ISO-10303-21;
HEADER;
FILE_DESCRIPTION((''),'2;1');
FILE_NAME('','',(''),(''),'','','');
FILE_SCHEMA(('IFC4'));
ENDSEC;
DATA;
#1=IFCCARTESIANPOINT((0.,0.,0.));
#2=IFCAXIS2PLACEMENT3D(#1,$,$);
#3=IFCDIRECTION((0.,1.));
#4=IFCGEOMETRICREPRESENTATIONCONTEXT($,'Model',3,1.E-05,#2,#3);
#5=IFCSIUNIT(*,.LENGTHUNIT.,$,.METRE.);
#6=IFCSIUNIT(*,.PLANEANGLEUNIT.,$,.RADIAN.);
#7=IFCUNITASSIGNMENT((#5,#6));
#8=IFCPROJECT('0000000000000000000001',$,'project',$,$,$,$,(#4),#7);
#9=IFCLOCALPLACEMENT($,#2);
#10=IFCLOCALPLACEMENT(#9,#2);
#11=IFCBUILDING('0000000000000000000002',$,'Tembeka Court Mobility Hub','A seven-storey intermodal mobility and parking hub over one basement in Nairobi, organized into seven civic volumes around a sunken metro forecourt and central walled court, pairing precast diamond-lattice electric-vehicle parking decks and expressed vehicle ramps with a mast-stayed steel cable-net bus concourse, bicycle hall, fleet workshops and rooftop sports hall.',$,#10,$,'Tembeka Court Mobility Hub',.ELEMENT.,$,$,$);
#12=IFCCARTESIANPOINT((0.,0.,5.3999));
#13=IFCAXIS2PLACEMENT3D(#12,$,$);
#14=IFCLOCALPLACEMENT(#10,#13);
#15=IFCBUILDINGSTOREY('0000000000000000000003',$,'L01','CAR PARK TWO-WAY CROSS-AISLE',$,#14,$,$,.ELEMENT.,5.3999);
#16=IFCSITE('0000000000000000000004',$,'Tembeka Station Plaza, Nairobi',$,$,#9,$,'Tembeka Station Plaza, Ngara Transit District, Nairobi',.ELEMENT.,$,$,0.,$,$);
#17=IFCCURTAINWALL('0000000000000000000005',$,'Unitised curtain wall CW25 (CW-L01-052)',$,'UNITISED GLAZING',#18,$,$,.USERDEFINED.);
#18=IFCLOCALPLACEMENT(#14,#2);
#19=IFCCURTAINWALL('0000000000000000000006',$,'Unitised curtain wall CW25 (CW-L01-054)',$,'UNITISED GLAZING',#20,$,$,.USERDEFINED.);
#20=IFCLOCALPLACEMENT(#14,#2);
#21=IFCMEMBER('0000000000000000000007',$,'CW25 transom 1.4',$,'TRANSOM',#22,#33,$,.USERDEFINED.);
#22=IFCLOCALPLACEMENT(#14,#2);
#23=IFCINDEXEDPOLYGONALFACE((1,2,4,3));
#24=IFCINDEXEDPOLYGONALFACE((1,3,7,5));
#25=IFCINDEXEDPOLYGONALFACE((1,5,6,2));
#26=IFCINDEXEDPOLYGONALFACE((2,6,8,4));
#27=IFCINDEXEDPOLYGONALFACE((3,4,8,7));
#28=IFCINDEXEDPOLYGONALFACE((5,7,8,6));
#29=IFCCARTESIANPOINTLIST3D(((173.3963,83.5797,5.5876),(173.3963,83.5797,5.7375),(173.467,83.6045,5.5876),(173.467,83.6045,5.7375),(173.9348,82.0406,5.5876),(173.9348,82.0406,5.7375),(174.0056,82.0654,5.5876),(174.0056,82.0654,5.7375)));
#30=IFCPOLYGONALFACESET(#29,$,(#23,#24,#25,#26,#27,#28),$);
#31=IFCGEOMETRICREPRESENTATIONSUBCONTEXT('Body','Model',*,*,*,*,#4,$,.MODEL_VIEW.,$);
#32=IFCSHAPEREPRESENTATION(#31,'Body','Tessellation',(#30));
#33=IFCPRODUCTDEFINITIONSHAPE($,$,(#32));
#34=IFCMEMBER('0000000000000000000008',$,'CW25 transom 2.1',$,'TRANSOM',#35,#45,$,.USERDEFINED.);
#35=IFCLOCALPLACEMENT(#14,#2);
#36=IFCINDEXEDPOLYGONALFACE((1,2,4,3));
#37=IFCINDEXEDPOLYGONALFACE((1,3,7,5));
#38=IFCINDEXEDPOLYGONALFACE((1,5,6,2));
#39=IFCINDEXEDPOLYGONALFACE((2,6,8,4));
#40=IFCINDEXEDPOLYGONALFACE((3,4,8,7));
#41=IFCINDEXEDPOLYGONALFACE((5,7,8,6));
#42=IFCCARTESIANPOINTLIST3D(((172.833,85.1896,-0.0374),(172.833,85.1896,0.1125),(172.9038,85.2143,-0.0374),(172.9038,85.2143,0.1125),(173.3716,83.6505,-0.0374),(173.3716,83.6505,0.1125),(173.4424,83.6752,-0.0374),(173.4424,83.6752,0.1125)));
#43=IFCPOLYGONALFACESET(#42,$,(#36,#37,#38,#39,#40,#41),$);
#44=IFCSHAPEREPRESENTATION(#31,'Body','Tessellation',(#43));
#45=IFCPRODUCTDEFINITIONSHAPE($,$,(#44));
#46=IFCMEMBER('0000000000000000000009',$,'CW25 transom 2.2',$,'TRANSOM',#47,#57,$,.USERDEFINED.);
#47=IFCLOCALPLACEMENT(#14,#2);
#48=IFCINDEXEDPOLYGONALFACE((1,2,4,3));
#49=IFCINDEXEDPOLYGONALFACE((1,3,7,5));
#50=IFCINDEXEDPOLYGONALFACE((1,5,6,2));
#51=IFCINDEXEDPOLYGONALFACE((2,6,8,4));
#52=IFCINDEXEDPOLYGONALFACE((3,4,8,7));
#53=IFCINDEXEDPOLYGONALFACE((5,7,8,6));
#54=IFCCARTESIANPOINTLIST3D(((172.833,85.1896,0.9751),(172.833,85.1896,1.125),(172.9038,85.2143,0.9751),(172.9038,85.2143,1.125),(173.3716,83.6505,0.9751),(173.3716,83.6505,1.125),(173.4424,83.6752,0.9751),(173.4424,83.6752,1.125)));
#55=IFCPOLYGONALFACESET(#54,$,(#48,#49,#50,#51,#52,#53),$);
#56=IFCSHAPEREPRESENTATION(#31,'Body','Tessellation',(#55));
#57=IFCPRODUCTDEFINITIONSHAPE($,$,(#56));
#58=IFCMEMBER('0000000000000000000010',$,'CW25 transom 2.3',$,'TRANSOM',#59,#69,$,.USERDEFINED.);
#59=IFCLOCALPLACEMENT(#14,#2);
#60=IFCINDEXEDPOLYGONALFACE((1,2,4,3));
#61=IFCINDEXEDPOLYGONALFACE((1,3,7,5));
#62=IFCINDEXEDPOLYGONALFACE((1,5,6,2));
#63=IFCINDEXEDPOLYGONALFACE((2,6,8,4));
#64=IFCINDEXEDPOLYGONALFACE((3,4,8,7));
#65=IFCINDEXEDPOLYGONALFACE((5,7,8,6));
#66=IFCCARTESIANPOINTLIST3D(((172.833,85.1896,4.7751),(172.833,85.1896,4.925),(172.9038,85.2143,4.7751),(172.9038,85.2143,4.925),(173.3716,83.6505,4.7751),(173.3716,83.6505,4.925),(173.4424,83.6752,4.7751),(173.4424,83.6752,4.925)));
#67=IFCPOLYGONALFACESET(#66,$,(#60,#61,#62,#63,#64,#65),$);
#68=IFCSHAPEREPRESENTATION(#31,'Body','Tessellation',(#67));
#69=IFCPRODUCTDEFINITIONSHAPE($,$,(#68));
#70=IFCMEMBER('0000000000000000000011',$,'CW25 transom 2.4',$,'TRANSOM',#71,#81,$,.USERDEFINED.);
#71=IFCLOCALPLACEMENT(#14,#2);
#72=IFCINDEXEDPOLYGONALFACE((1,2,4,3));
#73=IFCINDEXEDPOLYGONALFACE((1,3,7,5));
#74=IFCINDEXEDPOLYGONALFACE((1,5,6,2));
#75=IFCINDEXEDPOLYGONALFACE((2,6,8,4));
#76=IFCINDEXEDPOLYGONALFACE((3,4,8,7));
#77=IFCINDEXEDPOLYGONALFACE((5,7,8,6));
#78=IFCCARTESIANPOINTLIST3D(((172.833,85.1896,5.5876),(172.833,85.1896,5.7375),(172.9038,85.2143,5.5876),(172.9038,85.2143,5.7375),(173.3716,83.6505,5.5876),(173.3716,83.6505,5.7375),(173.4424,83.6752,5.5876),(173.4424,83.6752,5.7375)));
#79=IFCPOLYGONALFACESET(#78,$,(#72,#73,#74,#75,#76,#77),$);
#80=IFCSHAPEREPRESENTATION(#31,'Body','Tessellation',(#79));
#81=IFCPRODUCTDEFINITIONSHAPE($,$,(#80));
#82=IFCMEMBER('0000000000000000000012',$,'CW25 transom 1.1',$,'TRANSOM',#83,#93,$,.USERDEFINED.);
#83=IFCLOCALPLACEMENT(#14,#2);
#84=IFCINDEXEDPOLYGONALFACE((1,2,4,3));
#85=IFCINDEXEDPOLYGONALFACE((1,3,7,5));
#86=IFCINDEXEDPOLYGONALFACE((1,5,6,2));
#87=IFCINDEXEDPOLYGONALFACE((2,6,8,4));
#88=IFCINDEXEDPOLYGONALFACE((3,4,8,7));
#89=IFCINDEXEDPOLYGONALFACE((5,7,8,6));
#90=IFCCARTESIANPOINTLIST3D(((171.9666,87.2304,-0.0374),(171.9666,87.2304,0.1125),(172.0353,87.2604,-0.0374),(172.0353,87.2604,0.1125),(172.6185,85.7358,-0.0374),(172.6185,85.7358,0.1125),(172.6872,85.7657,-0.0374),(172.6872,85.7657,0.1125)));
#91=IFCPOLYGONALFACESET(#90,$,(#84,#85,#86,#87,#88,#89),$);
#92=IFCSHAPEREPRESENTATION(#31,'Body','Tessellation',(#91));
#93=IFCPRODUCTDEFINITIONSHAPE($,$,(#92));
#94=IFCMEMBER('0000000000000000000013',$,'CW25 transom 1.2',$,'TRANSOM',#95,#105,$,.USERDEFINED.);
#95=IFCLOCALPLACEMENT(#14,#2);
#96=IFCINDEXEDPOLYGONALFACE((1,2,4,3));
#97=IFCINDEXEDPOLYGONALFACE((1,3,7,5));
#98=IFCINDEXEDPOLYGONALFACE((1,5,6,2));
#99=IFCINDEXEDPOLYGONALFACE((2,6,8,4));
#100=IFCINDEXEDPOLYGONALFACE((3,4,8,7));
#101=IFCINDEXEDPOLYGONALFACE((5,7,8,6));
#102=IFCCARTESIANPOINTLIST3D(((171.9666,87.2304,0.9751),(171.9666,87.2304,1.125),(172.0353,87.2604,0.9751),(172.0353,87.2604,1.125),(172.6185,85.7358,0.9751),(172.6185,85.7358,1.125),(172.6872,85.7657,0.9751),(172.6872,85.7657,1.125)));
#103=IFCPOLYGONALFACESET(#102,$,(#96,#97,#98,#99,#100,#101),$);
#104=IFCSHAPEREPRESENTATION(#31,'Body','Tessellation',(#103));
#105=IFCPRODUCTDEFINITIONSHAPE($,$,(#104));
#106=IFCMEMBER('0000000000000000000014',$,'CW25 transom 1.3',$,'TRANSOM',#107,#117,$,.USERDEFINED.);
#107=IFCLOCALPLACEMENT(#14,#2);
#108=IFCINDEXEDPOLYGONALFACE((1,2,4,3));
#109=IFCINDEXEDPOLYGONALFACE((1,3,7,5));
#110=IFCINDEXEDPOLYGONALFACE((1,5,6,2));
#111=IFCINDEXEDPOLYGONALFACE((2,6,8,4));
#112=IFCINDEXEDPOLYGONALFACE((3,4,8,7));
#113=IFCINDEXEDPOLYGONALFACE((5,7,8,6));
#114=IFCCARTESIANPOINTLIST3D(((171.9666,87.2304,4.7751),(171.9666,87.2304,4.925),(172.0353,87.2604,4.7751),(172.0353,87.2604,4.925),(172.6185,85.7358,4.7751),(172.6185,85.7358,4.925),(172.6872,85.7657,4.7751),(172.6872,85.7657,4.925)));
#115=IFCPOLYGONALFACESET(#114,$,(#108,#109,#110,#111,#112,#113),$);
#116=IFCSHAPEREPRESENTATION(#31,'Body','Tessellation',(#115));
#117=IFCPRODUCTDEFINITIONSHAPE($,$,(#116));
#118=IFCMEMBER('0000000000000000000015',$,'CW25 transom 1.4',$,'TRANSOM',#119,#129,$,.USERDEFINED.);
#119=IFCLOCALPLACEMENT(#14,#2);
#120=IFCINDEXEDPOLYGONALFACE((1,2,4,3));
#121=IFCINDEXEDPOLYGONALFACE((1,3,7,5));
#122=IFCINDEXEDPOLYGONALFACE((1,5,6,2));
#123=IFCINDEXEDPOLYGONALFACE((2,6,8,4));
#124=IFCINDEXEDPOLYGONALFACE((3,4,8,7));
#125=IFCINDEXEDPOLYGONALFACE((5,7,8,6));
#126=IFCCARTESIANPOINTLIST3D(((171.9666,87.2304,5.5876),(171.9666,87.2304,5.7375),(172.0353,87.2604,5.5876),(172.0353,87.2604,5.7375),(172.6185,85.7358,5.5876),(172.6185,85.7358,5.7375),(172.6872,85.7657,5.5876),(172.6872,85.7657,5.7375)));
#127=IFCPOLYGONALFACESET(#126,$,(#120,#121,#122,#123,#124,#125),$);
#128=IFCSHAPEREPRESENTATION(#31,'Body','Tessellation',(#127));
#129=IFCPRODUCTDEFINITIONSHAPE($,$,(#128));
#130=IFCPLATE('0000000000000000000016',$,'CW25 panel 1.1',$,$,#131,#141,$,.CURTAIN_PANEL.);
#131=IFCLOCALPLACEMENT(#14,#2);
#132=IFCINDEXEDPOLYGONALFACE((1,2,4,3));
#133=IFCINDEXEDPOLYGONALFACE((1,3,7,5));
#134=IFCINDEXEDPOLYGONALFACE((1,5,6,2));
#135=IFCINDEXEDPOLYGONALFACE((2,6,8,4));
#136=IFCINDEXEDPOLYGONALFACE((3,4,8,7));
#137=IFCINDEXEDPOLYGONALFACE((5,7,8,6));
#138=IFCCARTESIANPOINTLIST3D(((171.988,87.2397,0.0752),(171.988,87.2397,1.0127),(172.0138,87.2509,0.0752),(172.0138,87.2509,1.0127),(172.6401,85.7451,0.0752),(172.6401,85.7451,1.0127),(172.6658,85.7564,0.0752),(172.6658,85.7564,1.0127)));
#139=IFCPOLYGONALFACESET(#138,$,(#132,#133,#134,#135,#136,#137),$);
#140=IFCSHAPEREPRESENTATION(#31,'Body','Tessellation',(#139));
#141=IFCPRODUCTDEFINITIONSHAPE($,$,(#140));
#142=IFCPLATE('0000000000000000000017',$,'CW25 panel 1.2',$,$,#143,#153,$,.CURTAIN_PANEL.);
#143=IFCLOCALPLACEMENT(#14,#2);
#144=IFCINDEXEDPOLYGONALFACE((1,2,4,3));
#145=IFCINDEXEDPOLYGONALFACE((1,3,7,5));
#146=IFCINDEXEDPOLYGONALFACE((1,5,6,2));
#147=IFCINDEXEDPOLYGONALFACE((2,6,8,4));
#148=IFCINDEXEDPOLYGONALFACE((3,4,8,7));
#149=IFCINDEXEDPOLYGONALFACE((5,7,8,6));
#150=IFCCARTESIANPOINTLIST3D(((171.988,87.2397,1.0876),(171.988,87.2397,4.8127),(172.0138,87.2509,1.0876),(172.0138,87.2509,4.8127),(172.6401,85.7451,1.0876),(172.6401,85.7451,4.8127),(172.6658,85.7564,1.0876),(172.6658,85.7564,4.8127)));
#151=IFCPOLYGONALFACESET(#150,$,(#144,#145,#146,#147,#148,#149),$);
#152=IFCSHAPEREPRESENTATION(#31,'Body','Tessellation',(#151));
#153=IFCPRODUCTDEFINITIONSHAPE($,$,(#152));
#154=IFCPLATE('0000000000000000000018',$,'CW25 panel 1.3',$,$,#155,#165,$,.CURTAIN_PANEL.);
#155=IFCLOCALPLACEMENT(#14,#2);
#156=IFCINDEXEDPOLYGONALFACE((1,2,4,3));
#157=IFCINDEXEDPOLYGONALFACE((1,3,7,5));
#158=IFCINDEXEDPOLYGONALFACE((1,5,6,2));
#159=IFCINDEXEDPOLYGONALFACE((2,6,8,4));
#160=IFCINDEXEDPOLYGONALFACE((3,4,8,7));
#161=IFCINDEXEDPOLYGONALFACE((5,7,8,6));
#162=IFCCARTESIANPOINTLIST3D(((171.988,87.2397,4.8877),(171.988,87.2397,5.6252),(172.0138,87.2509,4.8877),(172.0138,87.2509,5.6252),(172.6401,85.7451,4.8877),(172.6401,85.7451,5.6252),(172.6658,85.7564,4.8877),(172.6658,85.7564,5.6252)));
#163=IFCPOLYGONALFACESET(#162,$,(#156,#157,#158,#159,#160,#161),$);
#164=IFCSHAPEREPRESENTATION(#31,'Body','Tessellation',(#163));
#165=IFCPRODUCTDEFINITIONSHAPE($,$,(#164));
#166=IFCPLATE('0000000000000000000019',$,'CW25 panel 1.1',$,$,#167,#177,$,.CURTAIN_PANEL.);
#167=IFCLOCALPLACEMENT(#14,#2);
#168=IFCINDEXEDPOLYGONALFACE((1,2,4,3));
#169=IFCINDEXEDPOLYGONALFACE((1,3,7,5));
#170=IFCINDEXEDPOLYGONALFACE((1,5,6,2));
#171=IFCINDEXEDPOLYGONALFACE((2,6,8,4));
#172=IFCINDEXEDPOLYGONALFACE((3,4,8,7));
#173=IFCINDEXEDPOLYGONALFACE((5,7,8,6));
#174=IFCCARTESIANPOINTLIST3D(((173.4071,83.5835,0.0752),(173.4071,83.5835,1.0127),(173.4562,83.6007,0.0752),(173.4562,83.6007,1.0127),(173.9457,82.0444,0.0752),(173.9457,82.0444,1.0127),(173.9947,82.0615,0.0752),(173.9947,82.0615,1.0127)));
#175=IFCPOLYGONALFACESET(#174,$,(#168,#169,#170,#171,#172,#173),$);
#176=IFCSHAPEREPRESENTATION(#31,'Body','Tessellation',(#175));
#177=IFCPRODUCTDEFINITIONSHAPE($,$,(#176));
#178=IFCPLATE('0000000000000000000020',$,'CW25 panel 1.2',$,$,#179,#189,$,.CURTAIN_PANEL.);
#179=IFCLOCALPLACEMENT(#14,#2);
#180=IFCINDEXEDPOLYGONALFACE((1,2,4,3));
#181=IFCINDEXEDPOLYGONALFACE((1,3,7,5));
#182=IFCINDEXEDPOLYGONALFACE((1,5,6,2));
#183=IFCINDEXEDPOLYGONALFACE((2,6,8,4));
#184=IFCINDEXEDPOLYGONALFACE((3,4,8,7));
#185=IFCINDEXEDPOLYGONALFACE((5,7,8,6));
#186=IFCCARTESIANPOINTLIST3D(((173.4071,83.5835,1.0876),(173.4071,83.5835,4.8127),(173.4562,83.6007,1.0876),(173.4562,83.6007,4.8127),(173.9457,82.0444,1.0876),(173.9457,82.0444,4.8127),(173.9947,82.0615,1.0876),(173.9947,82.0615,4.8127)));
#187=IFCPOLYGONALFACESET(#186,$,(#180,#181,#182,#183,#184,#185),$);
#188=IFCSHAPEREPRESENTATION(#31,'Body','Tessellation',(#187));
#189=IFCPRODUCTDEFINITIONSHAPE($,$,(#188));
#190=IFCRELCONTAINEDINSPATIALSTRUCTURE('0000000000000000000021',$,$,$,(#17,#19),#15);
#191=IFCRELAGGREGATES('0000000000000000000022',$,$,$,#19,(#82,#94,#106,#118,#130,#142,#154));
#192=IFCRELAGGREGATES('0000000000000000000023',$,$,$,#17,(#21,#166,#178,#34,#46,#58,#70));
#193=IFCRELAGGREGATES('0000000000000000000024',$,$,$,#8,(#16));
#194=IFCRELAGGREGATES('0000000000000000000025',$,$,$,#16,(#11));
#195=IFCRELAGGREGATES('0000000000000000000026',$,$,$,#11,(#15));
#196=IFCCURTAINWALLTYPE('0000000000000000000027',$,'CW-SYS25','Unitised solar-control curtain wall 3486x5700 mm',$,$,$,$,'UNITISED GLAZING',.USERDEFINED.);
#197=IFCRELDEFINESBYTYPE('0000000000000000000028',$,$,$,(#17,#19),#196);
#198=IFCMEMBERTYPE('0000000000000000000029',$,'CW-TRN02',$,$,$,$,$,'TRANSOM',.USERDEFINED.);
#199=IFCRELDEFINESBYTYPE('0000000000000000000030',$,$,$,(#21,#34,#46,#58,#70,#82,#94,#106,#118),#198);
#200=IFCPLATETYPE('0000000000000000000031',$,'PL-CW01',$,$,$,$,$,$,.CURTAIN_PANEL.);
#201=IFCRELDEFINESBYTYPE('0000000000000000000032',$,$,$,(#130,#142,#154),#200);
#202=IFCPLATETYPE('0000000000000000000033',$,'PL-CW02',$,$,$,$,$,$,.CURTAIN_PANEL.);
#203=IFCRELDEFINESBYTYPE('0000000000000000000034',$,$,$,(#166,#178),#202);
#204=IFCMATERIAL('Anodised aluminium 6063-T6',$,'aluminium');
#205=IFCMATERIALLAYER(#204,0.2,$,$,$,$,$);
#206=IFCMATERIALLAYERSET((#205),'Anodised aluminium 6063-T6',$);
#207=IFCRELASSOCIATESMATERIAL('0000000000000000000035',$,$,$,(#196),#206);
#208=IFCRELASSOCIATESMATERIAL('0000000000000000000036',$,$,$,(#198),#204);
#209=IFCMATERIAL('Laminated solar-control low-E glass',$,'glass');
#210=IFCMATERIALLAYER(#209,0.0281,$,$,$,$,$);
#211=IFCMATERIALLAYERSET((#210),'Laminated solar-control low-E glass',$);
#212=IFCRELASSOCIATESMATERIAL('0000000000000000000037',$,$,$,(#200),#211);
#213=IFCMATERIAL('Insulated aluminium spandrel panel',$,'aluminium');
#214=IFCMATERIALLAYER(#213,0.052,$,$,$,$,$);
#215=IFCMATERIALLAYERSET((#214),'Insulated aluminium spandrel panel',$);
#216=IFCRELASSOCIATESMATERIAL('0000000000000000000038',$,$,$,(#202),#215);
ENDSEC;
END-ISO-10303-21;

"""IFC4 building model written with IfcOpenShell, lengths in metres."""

from ifc_helpers import new_model, si_unit, direction, frame, origin, origin_2d, place, context, subcontext, project, spatial, rectangle, extrude, material, layer, layer_set, material_profile, profile_set, type_object, element, aggregate, save


model = new_model("IFC4")

# Units and contexts
model_context = context("Model", 3, precision=1e-05, world=origin(), true_north=direction((0.0, 1.0)))
body_context = subcontext(model_context, "Body", "Model", "MODEL_VIEW")
ifc_project = project(units=[si_unit("LENGTHUNIT", "METRE"), si_unit("PLANEANGLEUNIT", "RADIAN")], contexts=[model_context])

# Site, building, storey
site_placement = place(None, origin())
site = spatial("IfcSite", under=ifc_project, at=site_placement, Name="Tembeka Station Plaza, Nairobi", LongName="Tembeka Station Plaza, Ngara Transit District, Nairobi", CompositionType="ELEMENT", RefElevation=0.0)
building_placement = place(site_placement, origin())
building = spatial("IfcBuilding", under=site, at=building_placement, Name="Tembeka Court Mobility Hub", Description="A seven-storey intermodal mobility and parking hub over one basement in Nairobi, organized into seven civic volumes around a sunken metro forecourt and central walled court, pairing precast diamond-lattice electric-vehicle parking decks and expressed vehicle ramps with a mast-stayed steel cable-net bus concourse, bicycle hall, fleet workshops and rooftop sports hall.", LongName="Tembeka Court Mobility Hub", CompositionType="ELEMENT")
storey_placement = place(building_placement, frame((0.0, 0.0, 5.3999)))
storey = spatial("IfcBuildingStorey", under=building, at=storey_placement, Name="L01", Description="CAR PARK TWO-WAY CROSS-AISLE", CompositionType="ELEMENT", Elevation=5.3999)

# Curtain walls
ifc_material_1 = material(Name="Anodised aluminium 6063-T6", Category="aluminium")
ifc_layer_1 = layer(ifc_material_1, 0.2)
ifc_layer_set_1 = layer_set([ifc_layer_1], Name="Anodised aluminium 6063-T6")
curtain_wall_type = type_object("IfcCurtainWallType", Name="CW-SYS25", Description="Unitised solar-control curtain wall 3486x5700 mm", ElementType="UNITISED GLAZING", PredefinedType="USERDEFINED", material=ifc_layer_set_1)
curtain_wall_1_placement = place(storey_placement, origin())
curtain_wall_1 = element("IfcCurtainWall", 1, at=curtain_wall_1_placement, inside=storey, type_object=curtain_wall_type, Name="Unitised curtain wall CW25 (CW-L01-052)", ObjectType="UNITISED GLAZING", PredefinedType="USERDEFINED")
curtain_wall_2_placement = place(storey_placement, origin())
curtain_wall_2 = element("IfcCurtainWall", 2, at=curtain_wall_2_placement, inside=storey, type_object=curtain_wall_type, Name="Unitised curtain wall CW25 (CW-L01-054)", ObjectType="UNITISED GLAZING", PredefinedType="USERDEFINED")

# Members
ifc_material_profile_1 = material_profile(ifc_material_1, rectangle(XDim=0.075, YDim=0.1499, at=origin_2d()), Name="ALU-TRN 75x150")
ifc_profile_set_1 = profile_set([ifc_material_profile_1], Name="Anodised aluminium 6063-T6")
member_type_1 = type_object("IfcMemberType", Name="CW-TRN02", ElementType="TRANSOM", PredefinedType="USERDEFINED", material=ifc_profile_set_1)
member_1_placement = place(storey_placement, frame((173.9702, 82.053, 5.6626), z_axis=(-0.330297, 0.943877, 0.0), x_axis=(-0.943877, -0.330297, 0.0)))
member_1 = element("IfcMember", 3, at=member_1_placement, type_object=member_type_1, Name="CW25 transom 1.4", ObjectType="TRANSOM", PredefinedType="USERDEFINED", context=body_context, shape_type="SweptSolid", body=[
    extrude(rectangle(XDim=0.075, YDim=0.1499, at=origin_2d()), origin(), (0.0, 0.0, 1.0), 1.6306),
])
member_2_placement = place(storey_placement, frame((173.407, 83.6628, 0.0376), z_axis=(-0.330297, 0.943877, 0.0), x_axis=(-0.943877, -0.330297, 0.0)))
member_2 = element("IfcMember", 4, at=member_2_placement, type_object=member_type_1, Name="CW25 transom 2.1", ObjectType="TRANSOM", PredefinedType="USERDEFINED", context=body_context, shape_type="SweptSolid", body=[
    extrude(rectangle(XDim=0.075, YDim=0.1499, at=origin_2d()), origin(), (0.0, 0.0, 1.0), 1.6306),
])
member_3_placement = place(storey_placement, frame((173.407, 83.6628, 1.05), z_axis=(-0.330297, 0.943877, 0.0), x_axis=(-0.943877, -0.330297, 0.0)))
member_3 = element("IfcMember", 5, at=member_3_placement, type_object=member_type_1, Name="CW25 transom 2.2", ObjectType="TRANSOM", PredefinedType="USERDEFINED", context=body_context, shape_type="SweptSolid", body=[
    extrude(rectangle(XDim=0.075, YDim=0.1499, at=origin_2d()), origin(), (0.0, 0.0, 1.0), 1.6306),
])
member_4_placement = place(storey_placement, frame((173.407, 83.6628, 4.8501), z_axis=(-0.330297, 0.943877, 0.0), x_axis=(-0.943877, -0.330297, 0.0)))
member_4 = element("IfcMember", 6, at=member_4_placement, type_object=member_type_1, Name="CW25 transom 2.3", ObjectType="TRANSOM", PredefinedType="USERDEFINED", context=body_context, shape_type="SweptSolid", body=[
    extrude(rectangle(XDim=0.075, YDim=0.1499, at=origin_2d()), origin(), (0.0, 0.0, 1.0), 1.6306),
])
member_5_placement = place(storey_placement, frame((173.407, 83.6628, 5.6626), z_axis=(-0.330297, 0.943877, 0.0), x_axis=(-0.943877, -0.330297, 0.0)))
member_5 = element("IfcMember", 7, at=member_5_placement, type_object=member_type_1, Name="CW25 transom 2.4", ObjectType="TRANSOM", PredefinedType="USERDEFINED", context=body_context, shape_type="SweptSolid", body=[
    extrude(rectangle(XDim=0.075, YDim=0.1499, at=origin_2d()), origin(), (0.0, 0.0, 1.0), 1.6306),
])
member_6_placement = place(storey_placement, frame((172.6528, 85.7507, 0.0376), z_axis=(-0.399766, 0.916617, 0.0), x_axis=(-0.916617, -0.399766, 0.0)))
member_6 = element("IfcMember", 8, at=member_6_placement, type_object=member_type_1, Name="CW25 transom 1.1", ObjectType="TRANSOM", PredefinedType="USERDEFINED", context=body_context, shape_type="SweptSolid", body=[
    extrude(rectangle(XDim=0.075, YDim=0.1499, at=origin_2d()), origin(), (0.0, 0.0, 1.0), 1.6306),
])
member_7_placement = place(storey_placement, frame((172.6528, 85.7507, 1.05), z_axis=(-0.399766, 0.916617, 0.0), x_axis=(-0.916617, -0.399766, 0.0)))
member_7 = element("IfcMember", 9, at=member_7_placement, type_object=member_type_1, Name="CW25 transom 1.2", ObjectType="TRANSOM", PredefinedType="USERDEFINED", context=body_context, shape_type="SweptSolid", body=[
    extrude(rectangle(XDim=0.075, YDim=0.1499, at=origin_2d()), origin(), (0.0, 0.0, 1.0), 1.6306),
])
member_8_placement = place(storey_placement, frame((172.6528, 85.7507, 4.8501), z_axis=(-0.399766, 0.916617, 0.0), x_axis=(-0.916617, -0.399766, 0.0)))
member_8 = element("IfcMember", 10, at=member_8_placement, type_object=member_type_1, Name="CW25 transom 1.3", ObjectType="TRANSOM", PredefinedType="USERDEFINED", context=body_context, shape_type="SweptSolid", body=[
    extrude(rectangle(XDim=0.075, YDim=0.1499, at=origin_2d()), origin(), (0.0, 0.0, 1.0), 1.6306),
])
member_9_placement = place(storey_placement, frame((172.6528, 85.7507, 5.6626), z_axis=(-0.399766, 0.916617, 0.0), x_axis=(-0.916617, -0.399766, 0.0)))
member_9 = element("IfcMember", 11, at=member_9_placement, type_object=member_type_1, Name="CW25 transom 1.4", ObjectType="TRANSOM", PredefinedType="USERDEFINED", context=body_context, shape_type="SweptSolid", body=[
    extrude(rectangle(XDim=0.075, YDim=0.1499, at=origin_2d()), origin(), (0.0, 0.0, 1.0), 1.6306),
])

# Plates
ifc_material_2 = material(Name="Laminated solar-control low-E glass", Category="glass")
ifc_layer_2 = layer(ifc_material_2, 0.0281)
ifc_layer_set_2 = layer_set([ifc_layer_2], Name="Laminated solar-control low-E glass")
plate_type_1 = type_object("IfcPlateType", Name="PL-CW01", PredefinedType="CURTAIN_PANEL", material=ifc_layer_set_2)
plate_1_placement = place(storey_placement, frame((172.3269, 86.498, 0.0752), z_axis=(0.0, 0.0, 1.0), x_axis=(-0.399869, 0.916572, 0.0)))
plate_1 = element("IfcPlate", 12, at=plate_1_placement, type_object=plate_type_1, Name="CW25 panel 1.1", PredefinedType="CURTAIN_PANEL", context=body_context, shape_type="SweptSolid", body=[
    extrude(rectangle(XDim=1.6306, YDim=0.0281, at=origin_2d()), origin(), (0.0, 0.0, 1.0), 0.9375),
])
plate_2_placement = place(storey_placement, frame((172.3269, 86.498, 1.0876), z_axis=(0.0, 0.0, 1.0), x_axis=(-0.399869, 0.916572, 0.0)))
plate_2 = element("IfcPlate", 13, at=plate_2_placement, type_object=plate_type_1, Name="CW25 panel 1.2", PredefinedType="CURTAIN_PANEL", context=body_context, shape_type="SweptSolid", body=[
    extrude(rectangle(XDim=1.6306, YDim=0.0281, at=origin_2d()), origin(), (0.0, 0.0, 1.0), 3.7251),
])
plate_3_placement = place(storey_placement, frame((172.3269, 86.498, 4.8877), z_axis=(0.0, 0.0, 1.0), x_axis=(-0.399869, 0.916572, 0.0)))
plate_3 = element("IfcPlate", 14, at=plate_3_placement, type_object=plate_type_1, Name="CW25 panel 1.3", PredefinedType="CURTAIN_PANEL", context=body_context, shape_type="SweptSolid", body=[
    extrude(rectangle(XDim=1.6306, YDim=0.0281, at=origin_2d()), origin(), (0.0, 0.0, 1.0), 0.7375),
])
aggregate(curtain_wall_2, [member_6, member_7, member_8, member_9, plate_1, plate_2, plate_3])
ifc_material_3 = material(Name="Insulated aluminium spandrel panel", Category="aluminium")
ifc_layer_3 = layer(ifc_material_3, 0.052)
ifc_layer_set_3 = layer_set([ifc_layer_3], Name="Insulated aluminium spandrel panel")
plate_type_2 = type_object("IfcPlateType", Name="PL-CW02", PredefinedType="CURTAIN_PANEL", material=ifc_layer_set_3)
plate_4_placement = place(storey_placement, frame((173.7009, 82.8225, 0.0752), z_axis=(0.0, 0.0, 1.0), x_axis=(-0.330264, 0.943889, 0.0)))
plate_4 = element("IfcPlate", 15, at=plate_4_placement, type_object=plate_type_2, Name="CW25 panel 1.1", PredefinedType="CURTAIN_PANEL", context=body_context, shape_type="SweptSolid", body=[
    extrude(rectangle(XDim=1.6306, YDim=0.052, at=origin_2d()), origin(), (0.0, 0.0, 1.0), 0.9375),
])
plate_5_placement = place(storey_placement, frame((173.7009, 82.8225, 1.0876), z_axis=(0.0, 0.0, 1.0), x_axis=(-0.330264, 0.943889, 0.0)))
plate_5 = element("IfcPlate", 16, at=plate_5_placement, type_object=plate_type_2, Name="CW25 panel 1.2", PredefinedType="CURTAIN_PANEL", context=body_context, shape_type="SweptSolid", body=[
    extrude(rectangle(XDim=1.6306, YDim=0.052, at=origin_2d()), origin(), (0.0, 0.0, 1.0), 3.7251),
])
aggregate(curtain_wall_1, [member_1, plate_4, plate_5, member_2, member_3, member_4, member_5])

save(model, "model.ifc")
